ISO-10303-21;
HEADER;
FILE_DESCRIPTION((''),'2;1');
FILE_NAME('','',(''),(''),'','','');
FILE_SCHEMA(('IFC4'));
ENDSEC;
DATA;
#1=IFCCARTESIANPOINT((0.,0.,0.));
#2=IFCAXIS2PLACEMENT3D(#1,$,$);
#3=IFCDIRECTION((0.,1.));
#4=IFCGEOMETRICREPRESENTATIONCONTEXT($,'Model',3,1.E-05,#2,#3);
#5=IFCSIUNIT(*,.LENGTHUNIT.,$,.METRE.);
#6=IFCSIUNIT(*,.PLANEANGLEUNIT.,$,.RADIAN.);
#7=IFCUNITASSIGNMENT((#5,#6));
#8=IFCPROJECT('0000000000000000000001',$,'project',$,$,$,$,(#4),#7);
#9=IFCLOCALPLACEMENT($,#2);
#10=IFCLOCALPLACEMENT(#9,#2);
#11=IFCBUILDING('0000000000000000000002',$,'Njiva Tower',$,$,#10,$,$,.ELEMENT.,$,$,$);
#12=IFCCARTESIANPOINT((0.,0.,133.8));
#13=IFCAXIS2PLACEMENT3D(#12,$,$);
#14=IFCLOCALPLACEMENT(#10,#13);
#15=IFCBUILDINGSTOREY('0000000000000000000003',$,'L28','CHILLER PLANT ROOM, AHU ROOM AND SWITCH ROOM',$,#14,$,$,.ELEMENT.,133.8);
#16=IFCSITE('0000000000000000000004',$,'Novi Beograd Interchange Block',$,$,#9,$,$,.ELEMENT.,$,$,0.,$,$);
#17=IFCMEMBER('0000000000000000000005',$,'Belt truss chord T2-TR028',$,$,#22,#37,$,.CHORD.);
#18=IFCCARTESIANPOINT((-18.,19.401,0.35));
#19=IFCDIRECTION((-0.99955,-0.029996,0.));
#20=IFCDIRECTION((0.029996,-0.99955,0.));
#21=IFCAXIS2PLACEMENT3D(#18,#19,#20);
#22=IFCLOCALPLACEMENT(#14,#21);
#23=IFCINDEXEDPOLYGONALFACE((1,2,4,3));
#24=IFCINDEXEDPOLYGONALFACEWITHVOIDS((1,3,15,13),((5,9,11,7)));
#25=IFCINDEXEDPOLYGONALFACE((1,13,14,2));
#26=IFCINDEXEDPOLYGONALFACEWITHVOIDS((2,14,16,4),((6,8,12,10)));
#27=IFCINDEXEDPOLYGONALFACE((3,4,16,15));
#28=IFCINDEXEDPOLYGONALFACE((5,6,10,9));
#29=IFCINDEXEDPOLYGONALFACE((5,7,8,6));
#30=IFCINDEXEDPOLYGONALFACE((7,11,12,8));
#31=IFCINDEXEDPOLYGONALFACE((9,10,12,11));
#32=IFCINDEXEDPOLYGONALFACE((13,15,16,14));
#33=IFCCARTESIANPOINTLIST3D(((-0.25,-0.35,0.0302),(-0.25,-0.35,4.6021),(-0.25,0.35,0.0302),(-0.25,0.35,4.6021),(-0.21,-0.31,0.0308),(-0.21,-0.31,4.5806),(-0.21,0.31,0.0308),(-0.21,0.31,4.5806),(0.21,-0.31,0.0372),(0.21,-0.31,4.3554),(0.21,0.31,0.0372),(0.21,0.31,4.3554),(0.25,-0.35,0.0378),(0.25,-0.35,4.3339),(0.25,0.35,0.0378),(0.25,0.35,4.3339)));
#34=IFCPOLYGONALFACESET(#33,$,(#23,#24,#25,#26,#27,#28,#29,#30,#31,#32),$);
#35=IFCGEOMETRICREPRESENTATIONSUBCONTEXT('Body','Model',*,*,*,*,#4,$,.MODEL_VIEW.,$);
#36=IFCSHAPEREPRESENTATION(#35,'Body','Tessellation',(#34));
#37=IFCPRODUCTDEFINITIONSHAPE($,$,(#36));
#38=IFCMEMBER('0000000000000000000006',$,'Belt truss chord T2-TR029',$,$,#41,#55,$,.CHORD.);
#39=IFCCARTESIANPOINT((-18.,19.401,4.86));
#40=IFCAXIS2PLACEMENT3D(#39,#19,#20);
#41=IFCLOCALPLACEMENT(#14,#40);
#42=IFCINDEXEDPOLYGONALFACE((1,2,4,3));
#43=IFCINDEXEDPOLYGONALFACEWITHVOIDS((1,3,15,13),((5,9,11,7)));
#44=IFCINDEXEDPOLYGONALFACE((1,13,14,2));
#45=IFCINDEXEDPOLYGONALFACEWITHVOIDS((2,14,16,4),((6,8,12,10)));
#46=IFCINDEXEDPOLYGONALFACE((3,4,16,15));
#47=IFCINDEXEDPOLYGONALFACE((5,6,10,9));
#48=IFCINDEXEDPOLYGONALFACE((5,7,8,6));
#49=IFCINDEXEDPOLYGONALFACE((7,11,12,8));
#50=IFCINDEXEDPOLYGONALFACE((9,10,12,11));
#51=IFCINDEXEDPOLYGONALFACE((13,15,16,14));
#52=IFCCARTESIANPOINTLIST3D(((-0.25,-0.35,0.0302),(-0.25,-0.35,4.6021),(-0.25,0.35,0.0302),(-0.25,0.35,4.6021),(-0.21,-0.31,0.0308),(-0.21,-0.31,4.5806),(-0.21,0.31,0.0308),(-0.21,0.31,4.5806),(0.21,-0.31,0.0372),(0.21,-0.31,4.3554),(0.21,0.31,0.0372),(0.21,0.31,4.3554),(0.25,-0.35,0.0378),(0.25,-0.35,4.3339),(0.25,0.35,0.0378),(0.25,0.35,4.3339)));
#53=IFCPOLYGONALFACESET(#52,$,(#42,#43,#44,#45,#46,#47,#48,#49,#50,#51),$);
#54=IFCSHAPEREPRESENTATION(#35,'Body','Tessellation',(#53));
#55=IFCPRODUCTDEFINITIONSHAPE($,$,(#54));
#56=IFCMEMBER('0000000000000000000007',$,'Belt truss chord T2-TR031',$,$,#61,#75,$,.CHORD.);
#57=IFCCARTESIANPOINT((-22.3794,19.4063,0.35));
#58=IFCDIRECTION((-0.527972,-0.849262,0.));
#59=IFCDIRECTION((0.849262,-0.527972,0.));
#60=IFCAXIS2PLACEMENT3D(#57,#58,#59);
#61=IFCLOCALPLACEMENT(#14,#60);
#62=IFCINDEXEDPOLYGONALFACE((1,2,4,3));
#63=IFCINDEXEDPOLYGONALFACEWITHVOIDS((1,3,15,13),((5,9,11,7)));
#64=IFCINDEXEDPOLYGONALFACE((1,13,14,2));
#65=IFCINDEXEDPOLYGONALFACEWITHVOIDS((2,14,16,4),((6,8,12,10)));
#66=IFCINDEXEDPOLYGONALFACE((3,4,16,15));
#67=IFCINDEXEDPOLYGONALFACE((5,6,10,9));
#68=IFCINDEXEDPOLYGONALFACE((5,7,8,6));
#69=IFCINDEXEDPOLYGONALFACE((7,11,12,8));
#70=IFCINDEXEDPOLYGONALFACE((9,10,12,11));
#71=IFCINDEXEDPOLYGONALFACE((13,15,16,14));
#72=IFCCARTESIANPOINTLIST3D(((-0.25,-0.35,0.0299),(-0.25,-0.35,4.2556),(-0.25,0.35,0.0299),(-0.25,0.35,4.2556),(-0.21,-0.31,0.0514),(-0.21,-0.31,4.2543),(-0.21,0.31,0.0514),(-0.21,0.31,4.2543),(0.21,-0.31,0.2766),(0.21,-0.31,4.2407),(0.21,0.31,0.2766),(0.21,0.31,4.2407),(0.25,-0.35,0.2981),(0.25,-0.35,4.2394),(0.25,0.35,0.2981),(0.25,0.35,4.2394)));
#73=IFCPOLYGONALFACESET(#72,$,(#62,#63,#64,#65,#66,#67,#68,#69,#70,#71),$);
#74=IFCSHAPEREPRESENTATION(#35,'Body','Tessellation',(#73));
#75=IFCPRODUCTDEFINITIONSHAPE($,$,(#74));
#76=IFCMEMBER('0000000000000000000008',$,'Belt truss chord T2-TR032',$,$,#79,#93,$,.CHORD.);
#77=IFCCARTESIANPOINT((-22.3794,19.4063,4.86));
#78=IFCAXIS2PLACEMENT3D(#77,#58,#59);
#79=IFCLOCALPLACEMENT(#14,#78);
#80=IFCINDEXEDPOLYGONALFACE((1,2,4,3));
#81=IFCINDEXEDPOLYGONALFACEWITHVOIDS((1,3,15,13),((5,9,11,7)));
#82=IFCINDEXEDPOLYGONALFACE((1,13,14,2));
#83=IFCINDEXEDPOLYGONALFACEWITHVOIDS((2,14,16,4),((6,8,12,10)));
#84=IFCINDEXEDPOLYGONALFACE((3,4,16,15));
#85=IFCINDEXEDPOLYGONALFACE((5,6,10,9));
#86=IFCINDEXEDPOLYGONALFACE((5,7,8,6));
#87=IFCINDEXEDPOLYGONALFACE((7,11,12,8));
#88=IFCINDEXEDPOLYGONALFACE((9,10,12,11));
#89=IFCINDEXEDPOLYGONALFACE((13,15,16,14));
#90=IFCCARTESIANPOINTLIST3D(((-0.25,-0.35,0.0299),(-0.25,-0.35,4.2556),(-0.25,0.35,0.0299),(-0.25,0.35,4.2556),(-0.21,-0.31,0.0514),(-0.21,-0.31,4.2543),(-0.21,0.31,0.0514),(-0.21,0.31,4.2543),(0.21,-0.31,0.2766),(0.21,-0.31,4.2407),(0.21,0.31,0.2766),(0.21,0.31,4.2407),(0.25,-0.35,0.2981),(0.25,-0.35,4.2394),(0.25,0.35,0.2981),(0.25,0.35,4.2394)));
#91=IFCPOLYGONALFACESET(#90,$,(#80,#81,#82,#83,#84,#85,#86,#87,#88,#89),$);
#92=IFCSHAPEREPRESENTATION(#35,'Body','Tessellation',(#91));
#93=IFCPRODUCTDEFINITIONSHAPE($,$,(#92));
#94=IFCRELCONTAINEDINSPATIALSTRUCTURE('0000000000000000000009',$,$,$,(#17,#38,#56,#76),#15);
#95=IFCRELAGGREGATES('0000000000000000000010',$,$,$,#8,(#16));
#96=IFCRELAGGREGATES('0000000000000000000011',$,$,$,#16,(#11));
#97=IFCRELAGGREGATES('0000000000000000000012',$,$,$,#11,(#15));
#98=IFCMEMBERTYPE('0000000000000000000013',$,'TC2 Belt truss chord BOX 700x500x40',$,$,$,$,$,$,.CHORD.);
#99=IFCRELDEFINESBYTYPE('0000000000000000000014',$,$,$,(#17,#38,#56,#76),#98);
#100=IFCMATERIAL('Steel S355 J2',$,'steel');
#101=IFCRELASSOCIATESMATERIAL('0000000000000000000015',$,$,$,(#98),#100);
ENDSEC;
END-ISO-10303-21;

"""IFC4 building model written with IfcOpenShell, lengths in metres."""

from ifc_helpers import new_model, si_unit, direction, frame, origin, origin_2d, place, context, subcontext, project, spatial, hollow_rectangle, extrude, clip, halfspace, material, material_profile, profile_set, type_object, element, save


model = new_model("IFC4")

# Units and contexts
model_context = context("Model", 3, precision=1e-05, world=origin(), true_north=direction((0.0, 1.0)))
body_context = subcontext(model_context, "Body", "Model", "MODEL_VIEW")
ifc_project = project(units=[si_unit("LENGTHUNIT", "METRE"), si_unit("PLANEANGLEUNIT", "RADIAN")], contexts=[model_context])

# Site, building, storey
site_placement = place(None, origin())
site = spatial("IfcSite", under=ifc_project, at=site_placement, Name="Novi Beograd Interchange Block", CompositionType="ELEMENT", RefElevation=0.0)
building_placement = place(site_placement, origin())
building = spatial("IfcBuilding", under=site, at=building_placement, Name="Njiva Tower", CompositionType="ELEMENT")
storey_placement = place(building_placement, frame((0.0, 0.0, 133.8)))
storey = spatial("IfcBuildingStorey", under=building, at=storey_placement, Name="L28", Description="CHILLER PLANT ROOM, AHU ROOM AND SWITCH ROOM", CompositionType="ELEMENT", Elevation=133.8)

# Shared definitions
ifc_material_1 = material(Name="Steel S355 J2", Category="steel")

# Members
ifc_material_profile_1 = material_profile(ifc_material_1, hollow_rectangle(XDim=0.5, YDim=0.7, WallThickness=0.04, at=origin_2d()), Name="BOX 700x500x40")
ifc_profile_set_1 = profile_set([ifc_material_profile_1], Name="Steel S355 J2")
member_type_1 = type_object("IfcMemberType", Name="TC2 Belt truss chord BOX 700x500x40", PredefinedType="CHORD", material=ifc_profile_set_1)
member_1_placement = place(storey_placement, frame((-18.0, 19.401, 0.35), z_axis=(-0.99955, -0.029996, 0.0), x_axis=(0.029996, -0.99955, 0.0)))
element("IfcMember", 1, at=member_1_placement, inside=storey, type_object=member_type_1, Name="Belt truss chord T2-TR028", PredefinedType="CHORD", context=body_context, shape_type="Clipping", body=[
    clip(clip(extrude(hollow_rectangle(XDim=0.5, YDim=0.7, WallThickness=0.04, at=origin_2d()), origin(), (0.0, 0.0, 1.0), 4.632), halfspace(frame((0.0, -134.15, 0.034), z_axis=(0.014999, 0.0, -0.999888), x_axis=(0.0, -1.0, 0.0)), False)), halfspace(frame((0.0, -134.15, 4.468), z_axis=(0.472648, 0.0, 0.881251), x_axis=(0.0, 1.0, 0.0)), False)),
])
member_2_placement = place(storey_placement, frame((-18.0, 19.401, 4.86), z_axis=(-0.99955, -0.029996, 0.0), x_axis=(0.029996, -0.99955, 0.0)))
element("IfcMember", 2, at=member_2_placement, inside=storey, type_object=member_type_1, Name="Belt truss chord T2-TR029", PredefinedType="CHORD", context=body_context, shape_type="Clipping", body=[
    clip(clip(extrude(hollow_rectangle(XDim=0.5, YDim=0.7, WallThickness=0.04, at=origin_2d()), origin(), (0.0, 0.0, 1.0), 4.632), halfspace(frame((0.0, -138.66, 0.034), z_axis=(0.014999, 0.0, -0.999888), x_axis=(0.0, -1.0, 0.0)), False)), halfspace(frame((0.0, -138.66, 4.468), z_axis=(0.472648, 0.0, 0.881251), x_axis=(0.0, 1.0, 0.0)), False)),
])
member_3_placement = place(storey_placement, frame((-22.3794, 19.4063, 0.35), z_axis=(-0.527972, -0.849262, 0.0), x_axis=(0.849262, -0.527972, 0.0)))
element("IfcMember", 3, at=member_3_placement, inside=storey, type_object=member_type_1, Name="Belt truss chord T2-TR031", PredefinedType="CHORD", context=body_context, shape_type="Clipping", body=[
    clip(clip(extrude(hollow_rectangle(XDim=0.5, YDim=0.7, WallThickness=0.04, at=origin_2d()), origin(), (0.0, 0.0, 1.0), 4.2855), halfspace(frame((0.0, -134.15, 0.164), z_axis=(0.472647, 0.0, -0.881252), x_axis=(0.0, -1.0, 0.0)), False)), halfspace(frame((0.0, -134.15, 4.2475), z_axis=(0.032528, 0.0, 0.999471), x_axis=(0.0, 1.0, 0.0)), False)),
])
member_4_placement = place(storey_placement, frame((-22.3794, 19.4063, 4.86), z_axis=(-0.527972, -0.849262, 0.0), x_axis=(0.849262, -0.527972, 0.0)))
element("IfcMember", 4, at=member_4_placement, inside=storey, type_object=member_type_1, Name="Belt truss chord T2-TR032", PredefinedType="CHORD", context=body_context, shape_type="Clipping", body=[
    clip(clip(extrude(hollow_rectangle(XDim=0.5, YDim=0.7, WallThickness=0.04, at=origin_2d()), origin(), (0.0, 0.0, 1.0), 4.2855), halfspace(frame((0.0, -138.66, 0.164), z_axis=(0.472647, 0.0, -0.881252), x_axis=(0.0, -1.0, 0.0)), False)), halfspace(frame((0.0, -138.66, 4.2475), z_axis=(0.032528, 0.0, 0.999471), x_axis=(0.0, 1.0, 0.0)), False)),
])

save(model, "model.ifc")
